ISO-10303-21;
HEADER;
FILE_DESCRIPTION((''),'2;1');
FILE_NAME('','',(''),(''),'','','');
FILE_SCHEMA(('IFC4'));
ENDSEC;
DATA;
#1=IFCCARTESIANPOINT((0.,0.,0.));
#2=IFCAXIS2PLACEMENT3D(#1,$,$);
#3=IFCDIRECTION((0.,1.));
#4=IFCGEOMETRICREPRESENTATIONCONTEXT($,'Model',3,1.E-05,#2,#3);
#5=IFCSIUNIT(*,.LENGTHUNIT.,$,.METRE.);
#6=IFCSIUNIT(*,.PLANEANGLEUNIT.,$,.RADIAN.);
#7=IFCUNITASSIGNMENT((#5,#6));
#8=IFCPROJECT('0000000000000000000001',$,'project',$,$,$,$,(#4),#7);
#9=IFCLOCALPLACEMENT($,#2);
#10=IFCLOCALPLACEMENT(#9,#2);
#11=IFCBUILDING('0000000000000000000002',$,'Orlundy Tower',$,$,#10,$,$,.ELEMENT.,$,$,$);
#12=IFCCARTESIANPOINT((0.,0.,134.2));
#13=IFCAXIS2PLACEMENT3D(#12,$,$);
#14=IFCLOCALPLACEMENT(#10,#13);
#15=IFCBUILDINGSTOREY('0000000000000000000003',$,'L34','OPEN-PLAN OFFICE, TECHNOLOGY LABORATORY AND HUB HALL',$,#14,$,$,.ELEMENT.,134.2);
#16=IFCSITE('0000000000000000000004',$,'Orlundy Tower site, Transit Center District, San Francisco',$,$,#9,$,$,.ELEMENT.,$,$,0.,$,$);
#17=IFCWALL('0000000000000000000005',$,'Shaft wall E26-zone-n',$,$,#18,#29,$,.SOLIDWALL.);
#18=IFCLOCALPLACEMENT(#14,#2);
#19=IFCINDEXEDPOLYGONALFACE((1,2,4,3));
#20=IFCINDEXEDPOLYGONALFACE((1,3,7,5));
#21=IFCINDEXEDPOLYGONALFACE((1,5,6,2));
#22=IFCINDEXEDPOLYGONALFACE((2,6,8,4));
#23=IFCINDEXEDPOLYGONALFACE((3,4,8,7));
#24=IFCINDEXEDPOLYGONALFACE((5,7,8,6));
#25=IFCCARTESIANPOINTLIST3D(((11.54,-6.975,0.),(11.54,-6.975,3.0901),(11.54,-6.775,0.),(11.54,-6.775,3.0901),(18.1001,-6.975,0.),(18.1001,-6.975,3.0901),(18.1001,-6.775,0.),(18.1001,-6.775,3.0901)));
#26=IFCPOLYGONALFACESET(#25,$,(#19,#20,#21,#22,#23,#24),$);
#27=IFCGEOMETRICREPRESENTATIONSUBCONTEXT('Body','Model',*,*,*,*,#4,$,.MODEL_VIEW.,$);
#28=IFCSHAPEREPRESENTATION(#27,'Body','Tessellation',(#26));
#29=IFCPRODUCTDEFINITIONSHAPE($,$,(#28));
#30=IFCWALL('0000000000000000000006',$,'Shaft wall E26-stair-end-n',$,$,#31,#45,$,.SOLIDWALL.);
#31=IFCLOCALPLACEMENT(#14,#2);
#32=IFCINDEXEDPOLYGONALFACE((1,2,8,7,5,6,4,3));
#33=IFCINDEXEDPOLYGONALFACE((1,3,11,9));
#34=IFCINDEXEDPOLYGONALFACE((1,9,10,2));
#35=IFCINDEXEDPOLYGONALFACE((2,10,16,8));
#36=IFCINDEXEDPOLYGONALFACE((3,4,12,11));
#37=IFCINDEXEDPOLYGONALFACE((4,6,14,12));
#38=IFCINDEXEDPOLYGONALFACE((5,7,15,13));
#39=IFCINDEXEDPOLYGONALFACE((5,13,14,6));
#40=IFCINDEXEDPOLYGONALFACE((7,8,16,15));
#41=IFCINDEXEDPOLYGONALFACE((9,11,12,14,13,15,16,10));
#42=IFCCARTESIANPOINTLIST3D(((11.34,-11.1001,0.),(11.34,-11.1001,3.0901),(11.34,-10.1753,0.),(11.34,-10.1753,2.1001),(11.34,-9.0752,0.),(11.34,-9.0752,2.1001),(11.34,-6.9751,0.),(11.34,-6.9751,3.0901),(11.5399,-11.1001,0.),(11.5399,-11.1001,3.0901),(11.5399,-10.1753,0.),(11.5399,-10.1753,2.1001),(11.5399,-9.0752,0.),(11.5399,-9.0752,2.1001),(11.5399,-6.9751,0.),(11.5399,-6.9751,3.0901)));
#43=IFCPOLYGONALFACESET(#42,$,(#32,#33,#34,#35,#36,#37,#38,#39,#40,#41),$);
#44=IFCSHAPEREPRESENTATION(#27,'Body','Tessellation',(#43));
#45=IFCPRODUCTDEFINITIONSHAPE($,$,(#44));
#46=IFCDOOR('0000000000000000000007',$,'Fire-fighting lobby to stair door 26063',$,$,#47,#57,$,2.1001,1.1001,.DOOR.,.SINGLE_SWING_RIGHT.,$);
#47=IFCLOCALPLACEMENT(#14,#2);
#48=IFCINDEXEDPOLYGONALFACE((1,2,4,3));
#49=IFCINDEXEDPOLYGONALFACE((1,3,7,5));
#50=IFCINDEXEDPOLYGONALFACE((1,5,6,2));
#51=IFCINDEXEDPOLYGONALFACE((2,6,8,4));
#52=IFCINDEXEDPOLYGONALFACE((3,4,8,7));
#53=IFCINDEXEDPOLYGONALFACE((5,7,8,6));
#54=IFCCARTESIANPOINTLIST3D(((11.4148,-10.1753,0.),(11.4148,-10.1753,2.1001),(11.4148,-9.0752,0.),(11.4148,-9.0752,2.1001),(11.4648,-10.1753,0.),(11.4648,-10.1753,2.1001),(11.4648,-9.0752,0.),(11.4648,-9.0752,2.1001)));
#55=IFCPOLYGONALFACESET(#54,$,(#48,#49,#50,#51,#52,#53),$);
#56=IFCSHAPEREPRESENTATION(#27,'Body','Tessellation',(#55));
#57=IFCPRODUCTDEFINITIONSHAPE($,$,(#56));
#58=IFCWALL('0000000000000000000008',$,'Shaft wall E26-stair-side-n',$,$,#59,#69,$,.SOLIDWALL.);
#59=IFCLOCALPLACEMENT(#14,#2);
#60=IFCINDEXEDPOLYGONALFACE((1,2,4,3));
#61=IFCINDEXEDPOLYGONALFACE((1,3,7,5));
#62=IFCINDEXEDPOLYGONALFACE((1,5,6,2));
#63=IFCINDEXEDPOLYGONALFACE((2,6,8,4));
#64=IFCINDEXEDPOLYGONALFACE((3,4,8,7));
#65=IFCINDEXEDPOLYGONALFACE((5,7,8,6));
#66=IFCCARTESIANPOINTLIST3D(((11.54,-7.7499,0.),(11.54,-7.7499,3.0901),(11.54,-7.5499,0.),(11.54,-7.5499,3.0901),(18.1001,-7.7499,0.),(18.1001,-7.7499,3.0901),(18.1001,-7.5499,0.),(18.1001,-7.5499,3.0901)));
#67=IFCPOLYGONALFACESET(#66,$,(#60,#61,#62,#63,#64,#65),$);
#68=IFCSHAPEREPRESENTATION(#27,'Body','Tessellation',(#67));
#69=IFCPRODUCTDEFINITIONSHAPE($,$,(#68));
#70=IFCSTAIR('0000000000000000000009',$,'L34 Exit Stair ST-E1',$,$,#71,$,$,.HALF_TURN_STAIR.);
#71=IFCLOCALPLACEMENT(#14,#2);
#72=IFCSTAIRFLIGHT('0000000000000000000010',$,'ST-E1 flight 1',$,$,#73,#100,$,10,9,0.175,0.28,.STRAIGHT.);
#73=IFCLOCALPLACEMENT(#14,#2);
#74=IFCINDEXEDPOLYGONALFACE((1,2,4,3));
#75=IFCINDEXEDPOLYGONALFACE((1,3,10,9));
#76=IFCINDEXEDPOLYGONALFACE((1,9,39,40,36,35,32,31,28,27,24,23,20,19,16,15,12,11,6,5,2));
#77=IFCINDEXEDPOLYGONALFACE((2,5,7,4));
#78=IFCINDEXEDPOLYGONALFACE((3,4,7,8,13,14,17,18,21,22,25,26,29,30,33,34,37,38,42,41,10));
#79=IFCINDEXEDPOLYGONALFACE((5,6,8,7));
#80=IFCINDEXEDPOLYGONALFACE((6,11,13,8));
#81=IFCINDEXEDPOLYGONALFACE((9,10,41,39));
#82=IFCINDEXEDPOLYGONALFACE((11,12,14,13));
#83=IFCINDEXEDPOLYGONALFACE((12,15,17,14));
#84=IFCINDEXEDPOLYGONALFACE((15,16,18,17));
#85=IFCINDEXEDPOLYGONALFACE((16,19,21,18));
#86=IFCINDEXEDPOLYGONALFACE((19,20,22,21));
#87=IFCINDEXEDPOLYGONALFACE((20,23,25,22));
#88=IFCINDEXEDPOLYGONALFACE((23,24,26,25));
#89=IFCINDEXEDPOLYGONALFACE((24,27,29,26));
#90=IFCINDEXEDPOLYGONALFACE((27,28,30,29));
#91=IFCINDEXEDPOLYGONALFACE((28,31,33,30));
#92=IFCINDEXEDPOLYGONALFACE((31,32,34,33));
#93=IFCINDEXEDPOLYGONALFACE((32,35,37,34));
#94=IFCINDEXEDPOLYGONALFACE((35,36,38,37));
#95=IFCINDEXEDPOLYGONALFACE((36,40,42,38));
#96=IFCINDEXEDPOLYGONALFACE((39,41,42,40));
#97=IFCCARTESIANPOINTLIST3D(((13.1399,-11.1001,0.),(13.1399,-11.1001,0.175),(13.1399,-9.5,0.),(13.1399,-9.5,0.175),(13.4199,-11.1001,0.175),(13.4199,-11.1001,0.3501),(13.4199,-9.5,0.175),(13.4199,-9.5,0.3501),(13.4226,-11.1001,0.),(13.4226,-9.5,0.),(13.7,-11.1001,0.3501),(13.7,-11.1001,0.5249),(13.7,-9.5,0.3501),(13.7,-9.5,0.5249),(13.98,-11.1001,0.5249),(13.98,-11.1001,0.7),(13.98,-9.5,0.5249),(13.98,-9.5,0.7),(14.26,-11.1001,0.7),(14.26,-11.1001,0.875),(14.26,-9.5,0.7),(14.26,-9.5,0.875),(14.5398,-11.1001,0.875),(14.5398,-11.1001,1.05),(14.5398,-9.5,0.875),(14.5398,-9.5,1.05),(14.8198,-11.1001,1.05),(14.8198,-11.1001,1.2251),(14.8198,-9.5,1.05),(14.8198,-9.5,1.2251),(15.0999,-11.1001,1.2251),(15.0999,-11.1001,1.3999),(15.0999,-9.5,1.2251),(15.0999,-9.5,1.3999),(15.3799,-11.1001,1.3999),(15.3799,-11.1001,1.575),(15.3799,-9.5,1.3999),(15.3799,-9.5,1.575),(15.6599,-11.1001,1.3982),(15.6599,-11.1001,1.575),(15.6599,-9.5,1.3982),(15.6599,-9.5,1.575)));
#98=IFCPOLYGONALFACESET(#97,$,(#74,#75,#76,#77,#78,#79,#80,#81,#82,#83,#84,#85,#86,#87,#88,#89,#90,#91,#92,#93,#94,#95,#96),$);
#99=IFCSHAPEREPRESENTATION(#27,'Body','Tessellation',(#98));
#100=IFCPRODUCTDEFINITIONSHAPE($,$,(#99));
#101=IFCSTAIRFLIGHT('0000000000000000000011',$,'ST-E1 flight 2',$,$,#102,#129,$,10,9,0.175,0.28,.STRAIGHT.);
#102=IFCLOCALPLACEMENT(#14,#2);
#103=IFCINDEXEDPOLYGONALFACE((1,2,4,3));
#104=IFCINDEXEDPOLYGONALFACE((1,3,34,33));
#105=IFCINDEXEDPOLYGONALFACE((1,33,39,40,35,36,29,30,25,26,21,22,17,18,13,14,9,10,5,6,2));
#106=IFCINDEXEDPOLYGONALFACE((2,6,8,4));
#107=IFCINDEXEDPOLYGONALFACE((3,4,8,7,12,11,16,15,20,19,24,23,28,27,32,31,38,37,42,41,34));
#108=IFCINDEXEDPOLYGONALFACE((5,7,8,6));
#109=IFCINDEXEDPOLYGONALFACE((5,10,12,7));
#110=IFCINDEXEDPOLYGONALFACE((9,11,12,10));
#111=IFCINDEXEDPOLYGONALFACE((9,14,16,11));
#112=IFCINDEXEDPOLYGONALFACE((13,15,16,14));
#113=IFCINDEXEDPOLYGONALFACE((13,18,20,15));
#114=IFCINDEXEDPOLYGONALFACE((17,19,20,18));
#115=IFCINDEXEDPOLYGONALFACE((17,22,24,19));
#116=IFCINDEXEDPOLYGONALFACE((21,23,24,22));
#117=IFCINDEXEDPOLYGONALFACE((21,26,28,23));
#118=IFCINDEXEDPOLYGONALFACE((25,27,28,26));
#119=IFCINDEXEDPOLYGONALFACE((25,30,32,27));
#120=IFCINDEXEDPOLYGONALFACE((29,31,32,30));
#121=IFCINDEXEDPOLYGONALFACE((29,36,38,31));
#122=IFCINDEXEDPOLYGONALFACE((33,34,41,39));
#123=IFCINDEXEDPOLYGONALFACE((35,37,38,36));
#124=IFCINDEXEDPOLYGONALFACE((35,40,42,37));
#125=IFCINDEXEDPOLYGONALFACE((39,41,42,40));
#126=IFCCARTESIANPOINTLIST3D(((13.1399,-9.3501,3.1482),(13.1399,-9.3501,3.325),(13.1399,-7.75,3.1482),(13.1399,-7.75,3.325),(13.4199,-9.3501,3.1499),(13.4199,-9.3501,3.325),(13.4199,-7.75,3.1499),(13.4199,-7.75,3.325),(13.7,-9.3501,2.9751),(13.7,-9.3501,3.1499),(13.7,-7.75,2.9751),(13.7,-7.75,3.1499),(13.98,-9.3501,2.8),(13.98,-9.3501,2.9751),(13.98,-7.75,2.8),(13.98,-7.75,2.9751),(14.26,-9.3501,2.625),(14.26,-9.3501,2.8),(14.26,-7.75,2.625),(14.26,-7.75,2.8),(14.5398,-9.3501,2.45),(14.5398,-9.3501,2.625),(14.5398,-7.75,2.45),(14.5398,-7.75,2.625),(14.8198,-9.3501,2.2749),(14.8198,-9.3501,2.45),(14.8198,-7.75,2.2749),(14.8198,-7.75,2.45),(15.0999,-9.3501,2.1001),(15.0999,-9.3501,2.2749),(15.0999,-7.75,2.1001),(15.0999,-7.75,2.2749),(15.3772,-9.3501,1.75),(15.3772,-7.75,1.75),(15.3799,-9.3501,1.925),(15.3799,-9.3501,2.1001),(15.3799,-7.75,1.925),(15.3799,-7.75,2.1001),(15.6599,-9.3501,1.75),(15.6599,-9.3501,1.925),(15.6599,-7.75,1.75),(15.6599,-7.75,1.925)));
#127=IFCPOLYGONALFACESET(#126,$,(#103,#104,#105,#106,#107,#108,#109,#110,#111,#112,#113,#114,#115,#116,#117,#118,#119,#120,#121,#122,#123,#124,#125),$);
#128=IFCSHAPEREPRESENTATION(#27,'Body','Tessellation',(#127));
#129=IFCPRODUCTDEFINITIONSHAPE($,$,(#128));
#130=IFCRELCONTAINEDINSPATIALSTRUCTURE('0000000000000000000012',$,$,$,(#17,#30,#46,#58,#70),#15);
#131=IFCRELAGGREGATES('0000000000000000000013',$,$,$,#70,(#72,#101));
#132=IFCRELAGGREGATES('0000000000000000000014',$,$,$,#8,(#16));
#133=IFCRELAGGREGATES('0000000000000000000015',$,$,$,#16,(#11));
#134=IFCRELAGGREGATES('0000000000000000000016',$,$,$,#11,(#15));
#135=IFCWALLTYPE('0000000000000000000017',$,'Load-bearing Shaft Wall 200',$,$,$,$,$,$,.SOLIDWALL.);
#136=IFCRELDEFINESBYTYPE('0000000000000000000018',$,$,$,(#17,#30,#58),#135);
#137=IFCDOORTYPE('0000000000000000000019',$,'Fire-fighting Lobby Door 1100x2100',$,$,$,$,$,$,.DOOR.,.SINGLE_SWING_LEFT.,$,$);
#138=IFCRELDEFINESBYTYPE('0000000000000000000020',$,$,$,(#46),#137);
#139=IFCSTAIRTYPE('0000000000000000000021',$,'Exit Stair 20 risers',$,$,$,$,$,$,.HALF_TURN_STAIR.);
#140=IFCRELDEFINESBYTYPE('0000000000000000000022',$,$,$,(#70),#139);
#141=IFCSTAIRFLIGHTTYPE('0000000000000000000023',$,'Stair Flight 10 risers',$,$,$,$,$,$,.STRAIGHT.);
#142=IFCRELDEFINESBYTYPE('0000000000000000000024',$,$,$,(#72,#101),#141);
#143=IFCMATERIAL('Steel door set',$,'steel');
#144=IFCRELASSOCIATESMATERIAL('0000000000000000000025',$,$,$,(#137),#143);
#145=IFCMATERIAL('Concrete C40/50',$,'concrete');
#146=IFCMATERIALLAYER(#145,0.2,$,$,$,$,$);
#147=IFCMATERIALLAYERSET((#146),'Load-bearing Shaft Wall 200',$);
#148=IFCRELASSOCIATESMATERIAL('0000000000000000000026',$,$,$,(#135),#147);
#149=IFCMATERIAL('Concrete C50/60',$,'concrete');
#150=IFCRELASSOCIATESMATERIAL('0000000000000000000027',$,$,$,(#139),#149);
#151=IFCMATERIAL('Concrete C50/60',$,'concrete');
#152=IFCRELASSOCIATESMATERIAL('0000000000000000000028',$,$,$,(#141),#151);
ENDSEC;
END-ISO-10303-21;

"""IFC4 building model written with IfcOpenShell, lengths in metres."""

from ifc_helpers import new_model, si_unit, direction, frame, frame_2d, origin, place, context, subcontext, project, spatial, polyline, rectangle, outline, extrude, material, layer, layer_set, type_object, element, fill, aggregate, save


model = new_model("IFC4")

# Units and contexts
model_context = context("Model", 3, precision=1e-05, world=origin(), true_north=direction((0.0, 1.0)))
body_context = subcontext(model_context, "Body", "Model", "MODEL_VIEW")
ifc_project = project(units=[si_unit("LENGTHUNIT", "METRE"), si_unit("PLANEANGLEUNIT", "RADIAN")], contexts=[model_context])

# Site, building, storey
site_placement = place(None, origin())
site = spatial("IfcSite", under=ifc_project, at=site_placement, Name="Orlundy Tower site, Transit Center District, San Francisco", CompositionType="ELEMENT", RefElevation=0.0)
building_placement = place(site_placement, origin())
building = spatial("IfcBuilding", under=site, at=building_placement, Name="Orlundy Tower", CompositionType="ELEMENT")
storey_placement = place(building_placement, frame((0.0, 0.0, 134.2)))
storey = spatial("IfcBuildingStorey", under=building, at=storey_placement, Name="L34", Description="OPEN-PLAN OFFICE, TECHNOLOGY LABORATORY AND HUB HALL", CompositionType="ELEMENT", Elevation=134.2)

# Shared definitions
ifc_material_1 = material(Name="Steel door set", Category="steel")
door_type_1 = type_object("IfcDoorType", Name="Fire-fighting Lobby Door 1100x2100", OperationType="SINGLE_SWING_LEFT", PredefinedType="DOOR", material=ifc_material_1)

# Wall
ifc_material_2 = material(Name="Concrete C40/50", Category="concrete")
ifc_layer_1 = layer(ifc_material_2, 0.2)
ifc_layer_set_1 = layer_set([ifc_layer_1], Name="Load-bearing Shaft Wall 200")
wall_type_1 = type_object("IfcWallType", Name="Load-bearing Shaft Wall 200", PredefinedType="SOLIDWALL", material=ifc_layer_set_1)
wall_1_placement = place(storey_placement, frame((11.54, -6.875, 0.0), z_axis=(0.0, 0.0, 1.0), x_axis=(1.0, 0.0, 0.0)))
element("IfcWall", 1, at=wall_1_placement, inside=storey, type_object=wall_type_1, Name="Shaft wall E26-zone-n", PredefinedType="SOLIDWALL", context=body_context, shape_type="SweptSolid", body=[
    extrude(rectangle(XDim=6.5601, YDim=0.2, at=frame_2d((3.28, 0.0))), origin(), (0.0, 0.0, 1.0), 3.0901),
])

# Wall, opening, door
wall_2_placement = place(storey_placement, frame((11.4399, -6.9751, 0.0), z_axis=(0.0, 0.0, 1.0), x_axis=(0.0, -1.0, 0.0)))
wall_2 = element("IfcWall", 2, at=wall_2_placement, inside=storey, type_object=wall_type_1, Name="Shaft wall E26-stair-end-n", PredefinedType="SOLIDWALL", context=body_context, shape_type="SweptSolid", body=[
    extrude(rectangle(XDim=4.125, YDim=0.2, at=frame_2d((2.0625, 0.0))), origin(), (0.0, 0.0, 1.0), 3.0901),
])
opening_1_placement = place(wall_2_placement, frame((2.1001, 0.0, 0.0)))
opening_1 = element("IfcOpeningElement", 3, at=opening_1_placement, cuts=wall_2, PredefinedType="OPENING", context=body_context, shape_type="SweptSolid", body=[
    extrude(rectangle(XDim=1.1001, YDim=2.1001, at=frame_2d((0.55, 1.05))), frame((0.0, 0.1101, 0.0), z_axis=(0.0, -1.0, 0.0), x_axis=(1.0, 0.0, 0.0)), (0.0, 0.0, 1.0), 0.2202),
])
door_1_placement = place(opening_1_placement, origin())
door_1 = element("IfcDoor", 4, at=door_1_placement, inside=storey, type_object=door_type_1, Name="Fire-fighting lobby to stair door 26063", OperationType="SINGLE_SWING_RIGHT", OverallHeight=2.1001, OverallWidth=1.1001, PredefinedType="DOOR", context=body_context, shape_type="SweptSolid", body=[
    extrude(rectangle(XDim=1.1001, YDim=2.1001, at=frame_2d((0.55, 1.05))), frame((0.0, 0.0249, 0.0), z_axis=(0.0, -1.0, 0.0), x_axis=(1.0, 0.0, 0.0)), (0.0, 0.0, 1.0), 0.05),
])
fill(opening_1, door_1)

# Wall
wall_3_placement = place(storey_placement, frame((11.54, -7.6499, 0.0), z_axis=(0.0, 0.0, 1.0), x_axis=(1.0, 0.0, 0.0)))
element("IfcWall", 5, at=wall_3_placement, inside=storey, type_object=wall_type_1, Name="Shaft wall E26-stair-side-n", PredefinedType="SOLIDWALL", context=body_context, shape_type="SweptSolid", body=[
    extrude(rectangle(XDim=6.5601, YDim=0.2, at=frame_2d((3.28, 0.0))), origin(), (0.0, 0.0, 1.0), 3.0901),
])

# Stair, stair flights
ifc_material_3 = material(Name="Concrete C50/60", Category="concrete")
stair_type = type_object("IfcStairType", Name="Exit Stair 20 risers", PredefinedType="HALF_TURN_STAIR", material=ifc_material_3)
stair_placement = place(storey_placement, origin())
stair = element("IfcStair", 6, at=stair_placement, inside=storey, type_object=stair_type, Name="L34 Exit Stair ST-E1", PredefinedType="HALF_TURN_STAIR")
ifc_material_4 = material(Name="Concrete C50/60", Category="concrete")
stair_flight_type = type_object("IfcStairFlightType", Name="Stair Flight 10 risers", PredefinedType="STRAIGHT", material=ifc_material_4)
stair_flight_1_placement = place(storey_placement, frame((13.1399, -10.3, 0.0), z_axis=(0.0, 0.0, 1.0), x_axis=(1.0, 0.0, 0.0)))
stair_flight_1 = element("IfcStairFlight", 7, at=stair_flight_1_placement, type_object=stair_flight_type, Name="ST-E1 flight 1", NumberOfRisers=10, NumberOfTreads=9, PredefinedType="STRAIGHT", RiserHeight=0.175, TreadLength=0.28, context=body_context, shape_type="SweptSolid", body=[
    extrude(outline(polyline([(0.0, 0.0), (0.0, 0.175), (0.28, 0.175), (0.28, 0.3501), (0.5601, 0.3501), (0.5601, 0.5249), (0.8401, 0.5249), (0.8401, 0.7), (1.1201, 0.7), (1.1201, 0.875), (1.3999, 0.875), (1.3999, 1.05), (1.6799, 1.05), (1.6799, 1.2251), (1.96, 1.2251), (1.96, 1.3999), (2.24, 1.3999), (2.24, 1.575), (2.52, 1.575), (2.52, 1.75), (2.52, 1.3982), (0.2827, 0.0), (0.0, 0.0)])), frame((0.0, 0.8, 0.0), z_axis=(0.0, -1.0, 0.0), x_axis=(1.0, 0.0, 0.0)), (0.0, 0.0, 1.0), 1.6001),
])
stair_flight_2_placement = place(storey_placement, frame((15.6599, -8.55, 1.75), z_axis=(0.0, 0.0, 1.0), x_axis=(-1.0, 0.0, 0.0)))
stair_flight_2 = element("IfcStairFlight", 8, at=stair_flight_2_placement, type_object=stair_flight_type, Name="ST-E1 flight 2", NumberOfRisers=10, NumberOfTreads=9, PredefinedType="STRAIGHT", RiserHeight=0.175, TreadLength=0.28, context=body_context, shape_type="SweptSolid", body=[
    extrude(outline(polyline([(0.0, 0.0), (0.0, 0.175), (0.28, 0.175), (0.28, 0.3501), (0.5601, 0.3501), (0.5601, 0.5249), (0.8401, 0.5249), (0.8401, 0.7), (1.1201, 0.7), (1.1201, 0.875), (1.3999, 0.875), (1.3999, 1.05), (1.6799, 1.05), (1.6799, 1.2251), (1.96, 1.2251), (1.96, 1.3999), (2.24, 1.3999), (2.24, 1.575), (2.52, 1.575), (2.52, 1.75), (2.52, 1.3982), (0.2827, 0.0), (0.0, 0.0)])), frame((0.0, 0.8, 0.0), z_axis=(0.0, -1.0, 0.0), x_axis=(1.0, 0.0, 0.0)), (0.0, 0.0, 1.0), 1.6001),
])
aggregate(stair, [stair_flight_1, stair_flight_2])

save(model, "model.ifc")
